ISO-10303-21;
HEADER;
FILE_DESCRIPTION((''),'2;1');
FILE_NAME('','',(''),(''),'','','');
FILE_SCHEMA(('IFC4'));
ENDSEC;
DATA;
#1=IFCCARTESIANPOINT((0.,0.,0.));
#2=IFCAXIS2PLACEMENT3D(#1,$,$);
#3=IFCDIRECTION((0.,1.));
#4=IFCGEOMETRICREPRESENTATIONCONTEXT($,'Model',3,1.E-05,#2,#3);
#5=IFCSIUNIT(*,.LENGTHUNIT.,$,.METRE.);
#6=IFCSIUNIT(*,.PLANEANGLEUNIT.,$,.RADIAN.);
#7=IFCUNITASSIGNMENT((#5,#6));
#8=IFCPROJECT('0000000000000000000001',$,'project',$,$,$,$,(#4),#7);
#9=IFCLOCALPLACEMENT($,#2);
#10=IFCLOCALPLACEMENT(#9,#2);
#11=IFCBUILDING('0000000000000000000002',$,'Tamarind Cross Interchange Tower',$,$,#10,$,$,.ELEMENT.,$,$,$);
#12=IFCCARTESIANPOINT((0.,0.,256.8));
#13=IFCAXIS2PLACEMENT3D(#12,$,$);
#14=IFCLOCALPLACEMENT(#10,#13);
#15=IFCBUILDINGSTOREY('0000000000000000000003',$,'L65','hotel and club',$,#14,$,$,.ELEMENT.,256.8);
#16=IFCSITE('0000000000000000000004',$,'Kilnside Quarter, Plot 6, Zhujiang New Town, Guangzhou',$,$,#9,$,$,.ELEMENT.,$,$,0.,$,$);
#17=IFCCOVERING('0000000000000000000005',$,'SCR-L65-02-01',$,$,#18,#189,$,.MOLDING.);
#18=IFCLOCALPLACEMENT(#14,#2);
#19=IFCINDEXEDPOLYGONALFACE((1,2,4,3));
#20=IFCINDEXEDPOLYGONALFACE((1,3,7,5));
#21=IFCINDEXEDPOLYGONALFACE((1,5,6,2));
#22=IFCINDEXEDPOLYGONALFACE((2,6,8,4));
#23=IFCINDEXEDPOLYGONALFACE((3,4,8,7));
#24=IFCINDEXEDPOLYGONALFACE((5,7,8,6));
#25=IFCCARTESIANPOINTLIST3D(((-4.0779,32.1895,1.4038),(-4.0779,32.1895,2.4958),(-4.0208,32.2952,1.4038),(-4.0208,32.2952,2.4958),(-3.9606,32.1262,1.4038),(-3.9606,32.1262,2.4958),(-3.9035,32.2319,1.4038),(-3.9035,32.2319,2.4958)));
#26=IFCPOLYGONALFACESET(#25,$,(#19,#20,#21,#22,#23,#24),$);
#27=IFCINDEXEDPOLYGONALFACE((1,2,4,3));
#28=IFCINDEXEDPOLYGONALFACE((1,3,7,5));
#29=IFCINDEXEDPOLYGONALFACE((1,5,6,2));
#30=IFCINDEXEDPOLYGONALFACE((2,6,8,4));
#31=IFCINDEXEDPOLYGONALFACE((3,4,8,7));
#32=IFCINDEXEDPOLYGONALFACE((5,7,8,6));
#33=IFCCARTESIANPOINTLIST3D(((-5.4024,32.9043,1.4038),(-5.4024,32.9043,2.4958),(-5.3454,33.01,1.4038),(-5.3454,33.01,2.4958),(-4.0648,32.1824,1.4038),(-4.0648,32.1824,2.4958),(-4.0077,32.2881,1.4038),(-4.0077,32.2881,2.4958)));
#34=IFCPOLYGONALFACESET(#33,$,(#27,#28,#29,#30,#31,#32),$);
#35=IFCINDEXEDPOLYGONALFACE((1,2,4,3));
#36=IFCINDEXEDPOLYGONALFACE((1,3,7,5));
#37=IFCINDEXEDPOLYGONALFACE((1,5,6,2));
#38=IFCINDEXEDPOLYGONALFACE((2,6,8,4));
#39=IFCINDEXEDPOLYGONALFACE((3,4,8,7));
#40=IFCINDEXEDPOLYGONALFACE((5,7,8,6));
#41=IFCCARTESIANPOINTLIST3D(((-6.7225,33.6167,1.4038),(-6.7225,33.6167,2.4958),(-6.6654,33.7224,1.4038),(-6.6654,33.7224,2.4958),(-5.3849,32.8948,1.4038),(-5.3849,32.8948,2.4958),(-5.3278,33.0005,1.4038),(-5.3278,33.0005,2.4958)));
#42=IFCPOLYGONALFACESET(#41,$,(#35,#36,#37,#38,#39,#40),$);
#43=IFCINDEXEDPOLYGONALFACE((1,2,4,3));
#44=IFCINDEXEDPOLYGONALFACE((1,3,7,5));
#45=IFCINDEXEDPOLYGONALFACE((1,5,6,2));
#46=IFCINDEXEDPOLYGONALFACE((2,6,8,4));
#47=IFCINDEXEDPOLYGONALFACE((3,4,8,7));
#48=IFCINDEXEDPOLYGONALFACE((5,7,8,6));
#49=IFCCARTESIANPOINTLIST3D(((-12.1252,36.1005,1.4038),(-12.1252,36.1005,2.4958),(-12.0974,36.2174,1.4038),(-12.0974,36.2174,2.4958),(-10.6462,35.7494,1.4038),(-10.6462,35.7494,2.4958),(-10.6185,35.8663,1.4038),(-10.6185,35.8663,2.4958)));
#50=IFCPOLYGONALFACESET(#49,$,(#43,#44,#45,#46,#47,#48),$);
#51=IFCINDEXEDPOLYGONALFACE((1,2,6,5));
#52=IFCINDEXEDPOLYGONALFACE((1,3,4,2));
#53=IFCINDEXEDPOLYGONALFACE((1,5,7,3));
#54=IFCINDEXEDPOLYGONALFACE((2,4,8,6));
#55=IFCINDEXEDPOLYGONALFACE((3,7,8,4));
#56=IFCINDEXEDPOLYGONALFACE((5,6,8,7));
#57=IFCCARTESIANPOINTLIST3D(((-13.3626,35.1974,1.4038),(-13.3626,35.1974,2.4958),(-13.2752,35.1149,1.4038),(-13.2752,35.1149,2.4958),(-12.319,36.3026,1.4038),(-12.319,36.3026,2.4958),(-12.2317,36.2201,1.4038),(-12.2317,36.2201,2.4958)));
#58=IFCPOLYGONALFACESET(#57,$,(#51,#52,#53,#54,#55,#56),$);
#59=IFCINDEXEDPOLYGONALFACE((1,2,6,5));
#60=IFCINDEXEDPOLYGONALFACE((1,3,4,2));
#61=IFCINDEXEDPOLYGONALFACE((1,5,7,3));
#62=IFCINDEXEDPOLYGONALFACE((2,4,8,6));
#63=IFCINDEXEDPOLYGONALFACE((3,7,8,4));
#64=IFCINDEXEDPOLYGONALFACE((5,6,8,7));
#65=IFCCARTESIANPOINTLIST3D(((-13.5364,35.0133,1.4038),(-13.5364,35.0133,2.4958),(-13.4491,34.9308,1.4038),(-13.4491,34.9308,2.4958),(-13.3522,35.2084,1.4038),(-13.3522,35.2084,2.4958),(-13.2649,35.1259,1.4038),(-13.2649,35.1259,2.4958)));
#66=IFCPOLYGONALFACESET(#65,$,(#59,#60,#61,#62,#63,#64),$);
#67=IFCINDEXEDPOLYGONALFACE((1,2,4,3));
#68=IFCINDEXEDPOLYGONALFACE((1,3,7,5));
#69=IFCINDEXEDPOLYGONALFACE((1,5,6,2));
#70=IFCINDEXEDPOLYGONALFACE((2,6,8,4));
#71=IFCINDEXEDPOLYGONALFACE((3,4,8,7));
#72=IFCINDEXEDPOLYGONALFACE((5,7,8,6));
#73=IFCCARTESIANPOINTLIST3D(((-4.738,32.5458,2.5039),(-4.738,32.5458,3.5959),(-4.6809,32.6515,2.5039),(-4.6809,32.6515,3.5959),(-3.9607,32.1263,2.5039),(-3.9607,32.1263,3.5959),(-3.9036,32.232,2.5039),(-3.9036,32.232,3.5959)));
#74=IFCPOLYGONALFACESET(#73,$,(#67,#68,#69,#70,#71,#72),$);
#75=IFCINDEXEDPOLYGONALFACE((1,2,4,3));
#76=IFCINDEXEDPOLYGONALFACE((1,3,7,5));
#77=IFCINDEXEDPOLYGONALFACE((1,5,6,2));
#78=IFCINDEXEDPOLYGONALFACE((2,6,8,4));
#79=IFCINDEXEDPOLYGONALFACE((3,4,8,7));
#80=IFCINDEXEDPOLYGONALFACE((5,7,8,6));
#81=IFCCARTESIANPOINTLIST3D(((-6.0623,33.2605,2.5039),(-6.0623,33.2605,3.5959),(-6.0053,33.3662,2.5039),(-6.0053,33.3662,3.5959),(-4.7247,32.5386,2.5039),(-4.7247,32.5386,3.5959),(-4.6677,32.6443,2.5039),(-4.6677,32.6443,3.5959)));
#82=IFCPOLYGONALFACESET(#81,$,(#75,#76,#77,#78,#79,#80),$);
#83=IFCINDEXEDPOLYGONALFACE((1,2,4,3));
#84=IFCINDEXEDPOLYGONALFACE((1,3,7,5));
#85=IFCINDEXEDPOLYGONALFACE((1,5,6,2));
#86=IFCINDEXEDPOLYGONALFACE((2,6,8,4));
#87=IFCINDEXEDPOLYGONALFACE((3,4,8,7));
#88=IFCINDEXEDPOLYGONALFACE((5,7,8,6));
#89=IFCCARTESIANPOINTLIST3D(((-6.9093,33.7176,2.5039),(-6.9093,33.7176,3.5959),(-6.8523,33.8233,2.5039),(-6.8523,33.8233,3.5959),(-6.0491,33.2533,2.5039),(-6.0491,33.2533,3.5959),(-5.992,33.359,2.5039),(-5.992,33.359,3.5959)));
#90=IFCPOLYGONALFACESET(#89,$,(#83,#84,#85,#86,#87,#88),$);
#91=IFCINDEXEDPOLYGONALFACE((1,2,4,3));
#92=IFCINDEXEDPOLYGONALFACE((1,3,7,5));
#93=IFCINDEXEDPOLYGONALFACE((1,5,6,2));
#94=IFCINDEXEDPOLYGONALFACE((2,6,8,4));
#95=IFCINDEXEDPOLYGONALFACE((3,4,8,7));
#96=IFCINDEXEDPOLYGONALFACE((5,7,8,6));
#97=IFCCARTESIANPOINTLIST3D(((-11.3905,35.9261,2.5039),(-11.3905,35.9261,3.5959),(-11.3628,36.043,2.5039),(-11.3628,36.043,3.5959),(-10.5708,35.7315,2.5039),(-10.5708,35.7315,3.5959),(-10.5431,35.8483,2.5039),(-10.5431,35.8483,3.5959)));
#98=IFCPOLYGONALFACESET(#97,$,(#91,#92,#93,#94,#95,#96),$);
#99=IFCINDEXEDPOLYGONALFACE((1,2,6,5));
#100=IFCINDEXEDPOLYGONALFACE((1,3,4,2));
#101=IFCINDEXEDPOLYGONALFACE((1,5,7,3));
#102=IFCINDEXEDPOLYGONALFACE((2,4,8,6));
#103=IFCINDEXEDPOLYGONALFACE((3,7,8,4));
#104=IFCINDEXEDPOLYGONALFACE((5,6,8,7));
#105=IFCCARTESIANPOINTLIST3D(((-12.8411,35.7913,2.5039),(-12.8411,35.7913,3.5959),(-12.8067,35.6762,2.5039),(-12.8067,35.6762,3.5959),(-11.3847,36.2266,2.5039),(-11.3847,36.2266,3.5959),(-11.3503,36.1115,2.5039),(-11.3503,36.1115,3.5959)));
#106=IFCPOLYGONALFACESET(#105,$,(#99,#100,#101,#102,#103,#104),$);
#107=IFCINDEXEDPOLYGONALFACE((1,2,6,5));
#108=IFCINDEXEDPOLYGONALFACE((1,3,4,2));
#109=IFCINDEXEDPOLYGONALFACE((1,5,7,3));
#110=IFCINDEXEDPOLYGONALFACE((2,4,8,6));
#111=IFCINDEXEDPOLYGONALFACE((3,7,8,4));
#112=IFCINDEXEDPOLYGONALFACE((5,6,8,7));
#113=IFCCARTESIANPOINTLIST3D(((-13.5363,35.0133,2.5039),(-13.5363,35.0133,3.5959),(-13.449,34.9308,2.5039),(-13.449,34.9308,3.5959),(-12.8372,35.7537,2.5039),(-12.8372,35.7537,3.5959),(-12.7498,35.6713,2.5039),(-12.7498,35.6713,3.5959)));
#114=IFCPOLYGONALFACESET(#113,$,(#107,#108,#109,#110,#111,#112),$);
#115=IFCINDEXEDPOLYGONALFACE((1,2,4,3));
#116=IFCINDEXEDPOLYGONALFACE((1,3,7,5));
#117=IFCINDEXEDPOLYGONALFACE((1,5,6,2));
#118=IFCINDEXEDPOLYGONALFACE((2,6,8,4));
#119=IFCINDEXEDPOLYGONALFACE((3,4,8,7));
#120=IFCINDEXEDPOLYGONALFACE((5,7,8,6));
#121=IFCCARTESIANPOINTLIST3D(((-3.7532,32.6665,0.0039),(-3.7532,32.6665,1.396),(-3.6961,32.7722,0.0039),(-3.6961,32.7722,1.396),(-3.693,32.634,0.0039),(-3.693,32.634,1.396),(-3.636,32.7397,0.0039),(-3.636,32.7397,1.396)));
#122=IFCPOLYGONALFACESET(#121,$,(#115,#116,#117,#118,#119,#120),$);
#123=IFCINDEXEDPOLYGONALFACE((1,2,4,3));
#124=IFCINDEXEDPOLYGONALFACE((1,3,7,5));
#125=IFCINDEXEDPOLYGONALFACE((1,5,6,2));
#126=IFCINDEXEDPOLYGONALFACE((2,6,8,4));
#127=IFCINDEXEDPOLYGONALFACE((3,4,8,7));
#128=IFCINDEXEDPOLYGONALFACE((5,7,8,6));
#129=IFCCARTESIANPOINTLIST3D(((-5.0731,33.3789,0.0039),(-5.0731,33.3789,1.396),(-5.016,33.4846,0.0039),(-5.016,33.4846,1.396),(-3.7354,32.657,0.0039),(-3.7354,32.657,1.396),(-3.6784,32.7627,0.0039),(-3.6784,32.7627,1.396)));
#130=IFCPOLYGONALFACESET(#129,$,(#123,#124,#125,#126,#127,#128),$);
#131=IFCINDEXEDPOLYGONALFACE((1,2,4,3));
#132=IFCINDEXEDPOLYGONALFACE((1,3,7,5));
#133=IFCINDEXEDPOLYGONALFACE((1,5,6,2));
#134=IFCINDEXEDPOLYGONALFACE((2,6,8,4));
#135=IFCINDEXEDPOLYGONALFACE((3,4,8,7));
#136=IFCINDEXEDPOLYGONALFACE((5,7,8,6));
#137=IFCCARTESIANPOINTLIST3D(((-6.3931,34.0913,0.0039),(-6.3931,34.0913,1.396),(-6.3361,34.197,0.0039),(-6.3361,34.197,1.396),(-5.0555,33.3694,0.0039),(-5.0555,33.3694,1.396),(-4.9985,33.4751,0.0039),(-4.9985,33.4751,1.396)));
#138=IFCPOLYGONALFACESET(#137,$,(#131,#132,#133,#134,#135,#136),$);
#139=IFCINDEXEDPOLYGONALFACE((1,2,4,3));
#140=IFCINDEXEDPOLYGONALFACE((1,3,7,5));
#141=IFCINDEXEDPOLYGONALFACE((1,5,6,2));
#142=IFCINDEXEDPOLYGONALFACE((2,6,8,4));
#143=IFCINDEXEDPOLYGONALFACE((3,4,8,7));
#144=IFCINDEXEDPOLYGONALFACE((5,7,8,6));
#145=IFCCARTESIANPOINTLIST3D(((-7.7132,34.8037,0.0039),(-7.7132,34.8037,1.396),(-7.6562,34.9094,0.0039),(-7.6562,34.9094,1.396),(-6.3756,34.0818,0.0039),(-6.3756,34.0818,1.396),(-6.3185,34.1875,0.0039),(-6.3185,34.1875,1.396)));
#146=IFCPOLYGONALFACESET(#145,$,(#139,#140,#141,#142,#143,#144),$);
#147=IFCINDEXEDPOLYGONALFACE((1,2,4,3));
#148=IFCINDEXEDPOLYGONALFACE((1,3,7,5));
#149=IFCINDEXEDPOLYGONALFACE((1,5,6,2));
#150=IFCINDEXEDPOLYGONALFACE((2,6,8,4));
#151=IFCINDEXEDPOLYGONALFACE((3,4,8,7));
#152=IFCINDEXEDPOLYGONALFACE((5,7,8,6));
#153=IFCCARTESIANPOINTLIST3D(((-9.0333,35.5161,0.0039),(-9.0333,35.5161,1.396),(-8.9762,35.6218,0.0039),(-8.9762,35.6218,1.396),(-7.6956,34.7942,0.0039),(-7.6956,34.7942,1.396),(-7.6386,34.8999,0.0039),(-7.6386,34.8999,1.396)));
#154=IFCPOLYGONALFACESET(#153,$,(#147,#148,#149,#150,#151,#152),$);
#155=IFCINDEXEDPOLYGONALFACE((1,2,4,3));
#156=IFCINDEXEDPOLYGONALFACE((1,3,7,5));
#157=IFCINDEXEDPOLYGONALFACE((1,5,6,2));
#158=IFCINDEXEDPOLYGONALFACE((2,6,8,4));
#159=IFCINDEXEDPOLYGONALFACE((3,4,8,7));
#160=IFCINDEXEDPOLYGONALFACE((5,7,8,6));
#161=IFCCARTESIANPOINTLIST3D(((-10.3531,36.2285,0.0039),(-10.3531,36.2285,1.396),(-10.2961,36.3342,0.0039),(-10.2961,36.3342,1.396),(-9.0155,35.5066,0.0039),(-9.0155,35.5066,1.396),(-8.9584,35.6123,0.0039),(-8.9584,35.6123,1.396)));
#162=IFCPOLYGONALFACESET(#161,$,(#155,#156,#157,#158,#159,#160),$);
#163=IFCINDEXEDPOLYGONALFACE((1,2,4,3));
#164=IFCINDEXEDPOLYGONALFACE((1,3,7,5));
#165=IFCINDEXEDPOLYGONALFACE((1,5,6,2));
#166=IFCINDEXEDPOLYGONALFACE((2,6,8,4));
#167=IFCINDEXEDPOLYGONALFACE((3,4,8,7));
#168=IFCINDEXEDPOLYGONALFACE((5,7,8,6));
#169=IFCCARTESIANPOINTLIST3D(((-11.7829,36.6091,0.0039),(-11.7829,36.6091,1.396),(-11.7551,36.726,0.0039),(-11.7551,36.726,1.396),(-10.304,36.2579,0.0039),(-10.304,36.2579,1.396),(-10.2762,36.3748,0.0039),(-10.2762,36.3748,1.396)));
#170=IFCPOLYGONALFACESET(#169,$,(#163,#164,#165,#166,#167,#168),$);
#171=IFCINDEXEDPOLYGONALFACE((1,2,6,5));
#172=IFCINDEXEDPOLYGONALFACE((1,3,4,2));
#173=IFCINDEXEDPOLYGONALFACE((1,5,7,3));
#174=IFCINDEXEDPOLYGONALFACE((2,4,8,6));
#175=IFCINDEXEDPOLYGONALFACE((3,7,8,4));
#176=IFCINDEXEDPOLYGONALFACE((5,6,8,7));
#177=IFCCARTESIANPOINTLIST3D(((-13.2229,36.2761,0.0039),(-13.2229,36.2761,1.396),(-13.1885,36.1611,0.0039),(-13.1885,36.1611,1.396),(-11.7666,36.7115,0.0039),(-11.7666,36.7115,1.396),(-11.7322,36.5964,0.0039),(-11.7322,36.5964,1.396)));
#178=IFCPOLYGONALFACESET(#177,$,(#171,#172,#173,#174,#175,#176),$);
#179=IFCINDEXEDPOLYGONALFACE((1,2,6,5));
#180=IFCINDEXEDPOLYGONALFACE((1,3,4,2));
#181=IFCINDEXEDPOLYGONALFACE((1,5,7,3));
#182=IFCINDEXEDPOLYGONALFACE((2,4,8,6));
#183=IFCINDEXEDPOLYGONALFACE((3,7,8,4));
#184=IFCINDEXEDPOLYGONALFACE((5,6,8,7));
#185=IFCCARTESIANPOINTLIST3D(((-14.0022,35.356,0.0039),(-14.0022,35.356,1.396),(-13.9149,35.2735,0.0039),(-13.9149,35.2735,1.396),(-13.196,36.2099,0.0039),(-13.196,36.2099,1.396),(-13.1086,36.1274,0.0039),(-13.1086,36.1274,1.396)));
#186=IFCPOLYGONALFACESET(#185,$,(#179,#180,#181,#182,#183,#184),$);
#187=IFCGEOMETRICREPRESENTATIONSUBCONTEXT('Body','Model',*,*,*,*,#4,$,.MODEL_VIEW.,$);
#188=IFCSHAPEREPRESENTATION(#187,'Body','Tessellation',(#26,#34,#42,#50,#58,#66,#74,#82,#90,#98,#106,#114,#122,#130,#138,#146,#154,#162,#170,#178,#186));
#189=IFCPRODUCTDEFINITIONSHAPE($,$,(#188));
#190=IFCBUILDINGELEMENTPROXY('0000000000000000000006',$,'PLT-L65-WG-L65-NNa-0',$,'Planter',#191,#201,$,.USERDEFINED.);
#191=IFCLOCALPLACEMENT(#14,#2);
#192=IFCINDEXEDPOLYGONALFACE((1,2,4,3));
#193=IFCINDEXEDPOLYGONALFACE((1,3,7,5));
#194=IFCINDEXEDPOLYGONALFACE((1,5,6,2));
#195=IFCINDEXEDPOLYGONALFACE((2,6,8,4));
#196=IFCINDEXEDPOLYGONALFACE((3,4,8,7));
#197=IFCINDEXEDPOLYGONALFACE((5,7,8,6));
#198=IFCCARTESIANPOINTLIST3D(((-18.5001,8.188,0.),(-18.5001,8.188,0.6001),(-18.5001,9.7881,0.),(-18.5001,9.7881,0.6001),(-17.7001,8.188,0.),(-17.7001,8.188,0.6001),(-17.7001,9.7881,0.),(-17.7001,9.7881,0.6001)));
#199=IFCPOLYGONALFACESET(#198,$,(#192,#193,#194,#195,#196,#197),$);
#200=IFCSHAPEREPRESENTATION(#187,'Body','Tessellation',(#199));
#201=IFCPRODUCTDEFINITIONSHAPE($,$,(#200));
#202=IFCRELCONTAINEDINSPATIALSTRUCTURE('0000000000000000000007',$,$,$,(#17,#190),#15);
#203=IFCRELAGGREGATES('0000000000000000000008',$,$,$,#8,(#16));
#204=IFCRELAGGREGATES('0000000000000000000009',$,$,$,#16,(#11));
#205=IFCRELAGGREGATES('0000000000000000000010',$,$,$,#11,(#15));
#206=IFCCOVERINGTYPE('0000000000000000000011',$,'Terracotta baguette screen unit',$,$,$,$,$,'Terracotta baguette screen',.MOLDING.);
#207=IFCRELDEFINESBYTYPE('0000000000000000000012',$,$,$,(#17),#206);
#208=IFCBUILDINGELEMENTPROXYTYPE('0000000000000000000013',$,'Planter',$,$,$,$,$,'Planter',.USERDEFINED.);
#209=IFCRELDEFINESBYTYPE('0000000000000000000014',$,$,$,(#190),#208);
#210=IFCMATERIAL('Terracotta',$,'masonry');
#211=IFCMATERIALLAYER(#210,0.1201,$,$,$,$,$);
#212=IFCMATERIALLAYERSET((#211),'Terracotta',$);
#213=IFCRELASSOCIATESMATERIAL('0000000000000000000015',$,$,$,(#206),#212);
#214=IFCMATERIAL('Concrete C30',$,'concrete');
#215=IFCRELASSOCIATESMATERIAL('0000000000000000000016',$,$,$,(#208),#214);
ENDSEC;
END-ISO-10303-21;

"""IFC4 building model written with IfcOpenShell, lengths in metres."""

from ifc_helpers import new_model, si_unit, direction, frame, origin, origin_2d, place, context, subcontext, project, spatial, rectangle, extrude, material, layer, layer_set, type_object, element, save


model = new_model("IFC4")

# Units and contexts
model_context = context("Model", 3, precision=1e-05, world=origin(), true_north=direction((0.0, 1.0)))
body_context = subcontext(model_context, "Body", "Model", "MODEL_VIEW")
ifc_project = project(units=[si_unit("LENGTHUNIT", "METRE"), si_unit("PLANEANGLEUNIT", "RADIAN")], contexts=[model_context])

# Site, building, storey
site_placement = place(None, origin())
site = spatial("IfcSite", under=ifc_project, at=site_placement, Name="Kilnside Quarter, Plot 6, Zhujiang New Town, Guangzhou", CompositionType="ELEMENT", RefElevation=0.0)
building_placement = place(site_placement, origin())
building = spatial("IfcBuilding", under=site, at=building_placement, Name="Tamarind Cross Interchange Tower", CompositionType="ELEMENT")
storey_placement = place(building_placement, frame((0.0, 0.0, 256.8)))
storey = spatial("IfcBuildingStorey", under=building, at=storey_placement, Name="L65", Description="hotel and club", CompositionType="ELEMENT", Elevation=256.8)

# Covering
ifc_material_1 = material(Name="Terracotta", Category="masonry")
ifc_layer_1 = layer(ifc_material_1, 0.1201)
ifc_layer_set_1 = layer_set([ifc_layer_1], Name="Terracotta")
covering_type = type_object("IfcCoveringType", Name="Terracotta baguette screen unit", ElementType="Terracotta baguette screen", PredefinedType="MOLDING", material=ifc_layer_set_1)
covering_1_placement = place(storey_placement, origin())
element("IfcCovering", 1, at=covering_1_placement, inside=storey, type_object=covering_type, Name="SCR-L65-02-01", PredefinedType="MOLDING", context=body_context, shape_type="SweptSolid", body=[
    extrude(rectangle(XDim=0.1333, YDim=0.1201, at=origin_2d()), frame((-3.9907, 32.2107, 1.4038), z_axis=(0.0, 0.0, 1.0), x_axis=(-0.880007, 0.474961, 0.0)), (0.0, 0.0, 1.0), 1.092),
    extrude(rectangle(XDim=1.52, YDim=0.1201, at=origin_2d()), frame((-4.7051, 32.5962, 1.4038), z_axis=(0.0, 0.0, 1.0), x_axis=(-0.880007, 0.474961, 0.0)), (0.0, 0.0, 1.0), 1.092),
    extrude(rectangle(XDim=1.52, YDim=0.1201, at=origin_2d()), frame((-6.0251, 33.3086, 1.4038), z_axis=(0.0, 0.0, 1.0), x_axis=(-0.880007, 0.474961, 0.0)), (0.0, 0.0, 1.0), 1.092),
    extrude(rectangle(XDim=1.52, YDim=0.1201, at=origin_2d()), frame((-11.3718, 35.9834, 1.4038), z_axis=(0.0, 0.0, 1.0), x_axis=(-0.97295, 0.231014, 0.0)), (0.0, 0.0, 1.0), 1.092),
    extrude(rectangle(XDim=1.52, YDim=0.1201, at=origin_2d()), frame((-12.7971, 35.7087, 1.4038), z_axis=(0.0, 0.0, 1.0), x_axis=(-0.686539, -0.727093, 0.0)), (0.0, 0.0, 1.0), 1.092),
    extrude(rectangle(XDim=0.2683, YDim=0.1201, at=origin_2d()), frame((-13.4006, 35.0696, 1.4038), z_axis=(0.0, 0.0, 1.0), x_axis=(-0.686539, -0.727093, 0.0)), (0.0, 0.0, 1.0), 1.092),
    extrude(rectangle(XDim=0.8833, YDim=0.1201, at=origin_2d()), frame((-4.3208, 32.3889, 2.5039), z_axis=(0.0, 0.0, 1.0), x_axis=(-0.880007, 0.474961, 0.0)), (0.0, 0.0, 1.0), 1.092),
    extrude(rectangle(XDim=1.52, YDim=0.1201, at=origin_2d()), frame((-5.365, 32.9524, 2.5039), z_axis=(0.0, 0.0, 1.0), x_axis=(-0.880007, 0.474961, 0.0)), (0.0, 0.0, 1.0), 1.092),
    extrude(rectangle(XDim=0.9775, YDim=0.1201, at=origin_2d()), frame((-6.4507, 33.5383, 2.5039), z_axis=(0.0, 0.0, 1.0), x_axis=(-0.880007, 0.474961, 0.0)), (0.0, 0.0, 1.0), 1.092),
    extrude(rectangle(XDim=0.8425, YDim=0.1201, at=origin_2d()), frame((-10.9668, 35.8872, 2.5039), z_axis=(0.0, 0.0, 1.0), x_axis=(-0.97295, 0.231014, 0.0)), (0.0, 0.0, 1.0), 1.092),
    extrude(rectangle(XDim=1.52, YDim=0.1201, at=origin_2d()), frame((-12.0957, 35.9514, 2.5039), z_axis=(0.0, 0.0, 1.0), x_axis=(-0.958107, -0.286411, 0.0)), (0.0, 0.0, 1.0), 1.092),
    extrude(rectangle(XDim=1.0183, YDim=0.1201, at=origin_2d()), frame((-13.1431, 35.3423, 2.5039), z_axis=(0.0, 0.0, 1.0), x_axis=(-0.686539, -0.727093, 0.0)), (0.0, 0.0, 1.0), 1.092),
    extrude(rectangle(XDim=0.0684, YDim=0.1201, at=origin_2d()), frame((-3.6946, 32.7031, 0.0039), z_axis=(0.0, 0.0, 1.0), x_axis=(-0.880007, 0.474961, 0.0)), (0.0, 0.0, 1.0), 1.3921),
    extrude(rectangle(XDim=1.52, YDim=0.1201, at=origin_2d()), frame((-4.3757, 33.0708, 0.0039), z_axis=(0.0, 0.0, 1.0), x_axis=(-0.880007, 0.474961, 0.0)), (0.0, 0.0, 1.0), 1.3921),
    extrude(rectangle(XDim=1.52, YDim=0.1201, at=origin_2d()), frame((-5.6958, 33.7832, 0.0039), z_axis=(0.0, 0.0, 1.0), x_axis=(-0.880007, 0.474961, 0.0)), (0.0, 0.0, 1.0), 1.3921),
    extrude(rectangle(XDim=1.52, YDim=0.1201, at=origin_2d()), frame((-7.0159, 34.4956, 0.0039), z_axis=(0.0, 0.0, 1.0), x_axis=(-0.880007, 0.474961, 0.0)), (0.0, 0.0, 1.0), 1.3921),
    extrude(rectangle(XDim=1.52, YDim=0.1201, at=origin_2d()), frame((-8.3359, 35.208, 0.0039), z_axis=(0.0, 0.0, 1.0), x_axis=(-0.880007, 0.474961, 0.0)), (0.0, 0.0, 1.0), 1.3921),
    extrude(rectangle(XDim=1.52, YDim=0.1201, at=origin_2d()), frame((-9.6558, 35.9204, 0.0039), z_axis=(0.0, 0.0, 1.0), x_axis=(-0.880007, 0.474961, 0.0)), (0.0, 0.0, 1.0), 1.3921),
    extrude(rectangle(XDim=1.52, YDim=0.1201, at=origin_2d()), frame((-11.0295, 36.4919, 0.0039), z_axis=(0.0, 0.0, 1.0), x_axis=(-0.97295, 0.231014, 0.0)), (0.0, 0.0, 1.0), 1.3921),
    extrude(rectangle(XDim=1.52, YDim=0.1201, at=origin_2d()), frame((-12.4775, 36.4363, 0.0039), z_axis=(0.0, 0.0, 1.0), x_axis=(-0.958107, -0.286411, 0.0)), (0.0, 0.0, 1.0), 1.3921),
    extrude(rectangle(XDim=1.1743, YDim=0.1201, at=origin_2d()), frame((-13.5554, 35.7417, 0.0039), z_axis=(0.0, 0.0, 1.0), x_axis=(-0.686539, -0.727093, 0.0)), (0.0, 0.0, 1.0), 1.3921),
])

# Building element proxy
ifc_material_2 = material(Name="Concrete C30", Category="concrete")
building_element_proxy_type = type_object("IfcBuildingElementProxyType", Name="Planter", ElementType="Planter", PredefinedType="USERDEFINED", material=ifc_material_2)
proxy_placement = place(storey_placement, origin())
element("IfcBuildingElementProxy", 2, at=proxy_placement, inside=storey, type_object=building_element_proxy_type, Name="PLT-L65-WG-L65-NNa-0", ObjectType="Planter", PredefinedType="USERDEFINED", context=body_context, shape_type="SweptSolid", body=[
    extrude(rectangle(XDim=1.6001, YDim=0.8, at=origin_2d()), frame((-18.1001, 8.988, 0.0), z_axis=(0.0, 0.0, 1.0), x_axis=(0.0, -1.0, 0.0)), (0.0, 0.0, 1.0), 0.6001),
])

save(model, "model.ifc")
